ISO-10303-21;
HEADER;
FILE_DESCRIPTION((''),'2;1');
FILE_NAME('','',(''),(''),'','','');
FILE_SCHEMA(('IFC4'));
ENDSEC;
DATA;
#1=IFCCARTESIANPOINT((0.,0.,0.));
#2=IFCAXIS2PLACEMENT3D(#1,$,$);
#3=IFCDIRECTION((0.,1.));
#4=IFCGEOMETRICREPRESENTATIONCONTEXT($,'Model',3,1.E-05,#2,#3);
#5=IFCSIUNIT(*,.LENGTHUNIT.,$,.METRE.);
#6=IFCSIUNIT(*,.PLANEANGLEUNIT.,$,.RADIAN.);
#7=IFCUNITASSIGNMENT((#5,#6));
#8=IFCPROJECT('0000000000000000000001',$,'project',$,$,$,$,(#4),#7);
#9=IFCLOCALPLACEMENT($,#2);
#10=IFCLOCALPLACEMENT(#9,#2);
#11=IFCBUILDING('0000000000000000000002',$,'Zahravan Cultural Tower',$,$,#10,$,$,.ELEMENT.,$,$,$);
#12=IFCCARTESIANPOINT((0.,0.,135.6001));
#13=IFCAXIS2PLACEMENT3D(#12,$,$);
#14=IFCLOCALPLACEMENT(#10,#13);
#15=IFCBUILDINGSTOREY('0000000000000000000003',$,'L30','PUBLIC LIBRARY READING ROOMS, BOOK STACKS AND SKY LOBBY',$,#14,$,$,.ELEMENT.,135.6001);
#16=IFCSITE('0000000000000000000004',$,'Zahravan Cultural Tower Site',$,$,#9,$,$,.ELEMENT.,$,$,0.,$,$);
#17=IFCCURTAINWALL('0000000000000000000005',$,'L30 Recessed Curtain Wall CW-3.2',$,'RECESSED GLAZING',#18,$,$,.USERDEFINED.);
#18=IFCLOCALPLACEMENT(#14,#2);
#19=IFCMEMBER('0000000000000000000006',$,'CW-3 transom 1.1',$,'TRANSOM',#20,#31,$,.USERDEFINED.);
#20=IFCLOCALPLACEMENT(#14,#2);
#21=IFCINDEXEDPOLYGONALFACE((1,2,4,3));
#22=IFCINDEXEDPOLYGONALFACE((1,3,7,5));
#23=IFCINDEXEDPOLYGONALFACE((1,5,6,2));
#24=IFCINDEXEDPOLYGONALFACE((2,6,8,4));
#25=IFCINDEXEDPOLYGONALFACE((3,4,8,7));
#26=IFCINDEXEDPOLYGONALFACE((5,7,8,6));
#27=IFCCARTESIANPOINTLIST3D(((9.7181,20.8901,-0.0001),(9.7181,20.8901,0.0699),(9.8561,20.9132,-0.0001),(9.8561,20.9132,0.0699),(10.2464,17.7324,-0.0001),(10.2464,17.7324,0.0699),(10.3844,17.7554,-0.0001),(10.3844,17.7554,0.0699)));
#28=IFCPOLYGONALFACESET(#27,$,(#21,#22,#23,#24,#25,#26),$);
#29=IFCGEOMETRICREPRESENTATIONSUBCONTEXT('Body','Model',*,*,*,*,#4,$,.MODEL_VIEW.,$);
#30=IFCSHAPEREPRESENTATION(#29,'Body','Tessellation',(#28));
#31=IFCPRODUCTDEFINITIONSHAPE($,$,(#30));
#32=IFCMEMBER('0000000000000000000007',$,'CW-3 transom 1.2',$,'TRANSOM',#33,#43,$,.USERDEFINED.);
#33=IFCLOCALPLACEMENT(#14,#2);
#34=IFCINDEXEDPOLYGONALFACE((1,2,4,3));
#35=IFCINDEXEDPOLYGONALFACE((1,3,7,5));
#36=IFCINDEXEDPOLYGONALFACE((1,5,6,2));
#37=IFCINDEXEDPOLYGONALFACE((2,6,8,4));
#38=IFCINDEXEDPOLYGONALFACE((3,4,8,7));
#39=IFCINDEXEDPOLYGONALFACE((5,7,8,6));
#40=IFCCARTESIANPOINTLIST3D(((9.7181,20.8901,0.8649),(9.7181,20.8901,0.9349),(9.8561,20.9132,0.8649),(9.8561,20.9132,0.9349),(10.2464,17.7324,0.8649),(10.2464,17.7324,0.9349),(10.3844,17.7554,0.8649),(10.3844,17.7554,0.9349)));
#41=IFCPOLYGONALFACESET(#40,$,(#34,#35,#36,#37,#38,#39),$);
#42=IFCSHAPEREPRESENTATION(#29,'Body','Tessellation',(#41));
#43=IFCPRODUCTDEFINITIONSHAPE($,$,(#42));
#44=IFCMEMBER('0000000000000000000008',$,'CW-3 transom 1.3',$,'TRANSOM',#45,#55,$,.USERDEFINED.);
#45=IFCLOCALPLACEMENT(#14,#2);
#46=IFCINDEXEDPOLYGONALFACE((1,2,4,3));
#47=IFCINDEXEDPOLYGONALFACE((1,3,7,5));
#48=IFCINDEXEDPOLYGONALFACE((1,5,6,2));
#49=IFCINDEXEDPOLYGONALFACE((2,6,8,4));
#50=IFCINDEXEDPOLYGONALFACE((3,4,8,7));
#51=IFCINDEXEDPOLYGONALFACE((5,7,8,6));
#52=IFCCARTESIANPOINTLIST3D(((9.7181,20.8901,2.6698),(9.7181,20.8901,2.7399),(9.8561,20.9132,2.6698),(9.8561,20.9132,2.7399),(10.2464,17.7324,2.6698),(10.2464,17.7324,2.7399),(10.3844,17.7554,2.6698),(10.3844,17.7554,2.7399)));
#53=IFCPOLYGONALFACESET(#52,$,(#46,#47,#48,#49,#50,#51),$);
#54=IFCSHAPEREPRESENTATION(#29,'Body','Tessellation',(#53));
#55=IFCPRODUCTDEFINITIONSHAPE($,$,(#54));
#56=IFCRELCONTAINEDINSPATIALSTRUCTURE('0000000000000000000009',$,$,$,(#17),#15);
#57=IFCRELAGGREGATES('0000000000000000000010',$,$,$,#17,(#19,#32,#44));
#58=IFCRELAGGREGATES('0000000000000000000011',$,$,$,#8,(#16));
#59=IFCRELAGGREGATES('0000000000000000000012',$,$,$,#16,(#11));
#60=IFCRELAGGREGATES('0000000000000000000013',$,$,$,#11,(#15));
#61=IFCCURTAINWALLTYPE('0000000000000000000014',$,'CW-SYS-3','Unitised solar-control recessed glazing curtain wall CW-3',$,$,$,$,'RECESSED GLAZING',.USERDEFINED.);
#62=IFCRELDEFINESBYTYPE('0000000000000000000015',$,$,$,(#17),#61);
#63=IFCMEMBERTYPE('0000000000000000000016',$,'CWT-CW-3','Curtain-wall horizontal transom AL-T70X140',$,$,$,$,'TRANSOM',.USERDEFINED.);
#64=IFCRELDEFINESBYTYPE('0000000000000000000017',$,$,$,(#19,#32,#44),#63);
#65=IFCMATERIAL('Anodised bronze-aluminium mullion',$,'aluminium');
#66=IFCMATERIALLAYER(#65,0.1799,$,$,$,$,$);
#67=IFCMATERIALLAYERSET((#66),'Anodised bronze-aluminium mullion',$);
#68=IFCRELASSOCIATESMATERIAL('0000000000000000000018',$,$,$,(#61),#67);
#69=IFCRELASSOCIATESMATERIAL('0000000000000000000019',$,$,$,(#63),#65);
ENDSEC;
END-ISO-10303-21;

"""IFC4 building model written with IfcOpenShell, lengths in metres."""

from ifc_helpers import new_model, si_unit, direction, frame, origin, origin_2d, place, context, subcontext, project, spatial, rectangle, extrude, source, transform, mapped, material, layer, layer_set, material_profile, profile_set, type_object, element, aggregate, save


model = new_model("IFC4")

# Units and contexts
model_context = context("Model", 3, precision=1e-05, world=origin(), true_north=direction((0.0, 1.0)))
body_context = subcontext(model_context, "Body", "Model", "MODEL_VIEW")
ifc_project = project(units=[si_unit("LENGTHUNIT", "METRE"), si_unit("PLANEANGLEUNIT", "RADIAN")], contexts=[model_context])

# Site, building, storey
site_placement = place(None, origin())
site = spatial("IfcSite", under=ifc_project, at=site_placement, Name="Zahravan Cultural Tower Site", CompositionType="ELEMENT", RefElevation=0.0)
building_placement = place(site_placement, origin())
building = spatial("IfcBuilding", under=site, at=building_placement, Name="Zahravan Cultural Tower", CompositionType="ELEMENT")
storey_placement = place(building_placement, frame((0.0, 0.0, 135.6001)))
storey = spatial("IfcBuildingStorey", under=building, at=storey_placement, Name="L30", Description="PUBLIC LIBRARY READING ROOMS, BOOK STACKS AND SKY LOBBY", CompositionType="ELEMENT", Elevation=135.6001)

# Curtain wall, members
ifc_material_1 = material(Name="Anodised bronze-aluminium mullion", Category="aluminium")
ifc_layer_1 = layer(ifc_material_1, 0.1799)
ifc_layer_set_1 = layer_set([ifc_layer_1], Name="Anodised bronze-aluminium mullion")
curtain_wall_type = type_object("IfcCurtainWallType", Name="CW-SYS-3", Description="Unitised solar-control recessed glazing curtain wall CW-3", ElementType="RECESSED GLAZING", PredefinedType="USERDEFINED", material=ifc_layer_set_1)
curtain_wall_placement = place(storey_placement, origin())
curtain_wall = element("IfcCurtainWall", 1, at=curtain_wall_placement, inside=storey, type_object=curtain_wall_type, Name="L30 Recessed Curtain Wall CW-3.2", ObjectType="RECESSED GLAZING", PredefinedType="USERDEFINED")
ifc_material_profile_1 = material_profile(ifc_material_1, rectangle(XDim=0.1399, YDim=0.0701, at=origin_2d()), Name="AL-T70X140")
ifc_profile_set_1 = profile_set([ifc_material_profile_1], Name="Anodised bronze-aluminium mullion")
member_type_1 = type_object("IfcMemberType", Name="CWT-CW-3", Description="Curtain-wall horizontal transom AL-T70X140", ElementType="TRANSOM", PredefinedType="USERDEFINED", material=ifc_profile_set_1)
shared_shape_1 = source(origin(), body_context, "Body", "SweptSolid", [
    extrude(rectangle(XDim=0.1399, YDim=0.0701, at=origin_2d()), origin(), (0.0, 0.0, 1.0), 3.2017),
])
member_1_placement = place(storey_placement, frame((10.3154, 17.7439, 0.0349), z_axis=(-0.165017, 0.986291, 0.0), x_axis=(-0.986291, -0.165017, 0.0)))
member_1 = element("IfcMember", 2, at=member_1_placement, type_object=member_type_1, Name="CW-3 transom 1.1", ObjectType="TRANSOM", PredefinedType="USERDEFINED", context=body_context, shape_type="MappedRepresentation", body=[
    mapped(shared_shape_1, transform((0.0, 0.0, 0.0), x_axis=(1.0, 0.0, 0.0), y_axis=(0.0, 1.0, 0.0), z_axis=(0.0, 0.0, 1.0), scale=1.0)),
])
member_2_placement = place(storey_placement, frame((10.3154, 17.7439, 0.8999), z_axis=(-0.165017, 0.986291, 0.0), x_axis=(-0.986291, -0.165017, 0.0)))
member_2 = element("IfcMember", 3, at=member_2_placement, type_object=member_type_1, Name="CW-3 transom 1.2", ObjectType="TRANSOM", PredefinedType="USERDEFINED", context=body_context, shape_type="MappedRepresentation", body=[
    mapped(shared_shape_1, transform((0.0, 0.0, 0.0), x_axis=(1.0, 0.0, 0.0), y_axis=(0.0, 1.0, 0.0), z_axis=(0.0, 0.0, 1.0), scale=1.0)),
])
member_3_placement = place(storey_placement, frame((10.3154, 17.7439, 2.7048), z_axis=(-0.165017, 0.986291, 0.0), x_axis=(-0.986291, -0.165017, 0.0)))
member_3 = element("IfcMember", 4, at=member_3_placement, type_object=member_type_1, Name="CW-3 transom 1.3", ObjectType="TRANSOM", PredefinedType="USERDEFINED", context=body_context, shape_type="MappedRepresentation", body=[
    mapped(shared_shape_1, transform((0.0, 0.0, 0.0), x_axis=(1.0, 0.0, 0.0), y_axis=(0.0, 1.0, 0.0), z_axis=(0.0, 0.0, 1.0), scale=1.0)),
])
aggregate(curtain_wall, [member_1, member_2, member_3])

save(model, "model.ifc")
